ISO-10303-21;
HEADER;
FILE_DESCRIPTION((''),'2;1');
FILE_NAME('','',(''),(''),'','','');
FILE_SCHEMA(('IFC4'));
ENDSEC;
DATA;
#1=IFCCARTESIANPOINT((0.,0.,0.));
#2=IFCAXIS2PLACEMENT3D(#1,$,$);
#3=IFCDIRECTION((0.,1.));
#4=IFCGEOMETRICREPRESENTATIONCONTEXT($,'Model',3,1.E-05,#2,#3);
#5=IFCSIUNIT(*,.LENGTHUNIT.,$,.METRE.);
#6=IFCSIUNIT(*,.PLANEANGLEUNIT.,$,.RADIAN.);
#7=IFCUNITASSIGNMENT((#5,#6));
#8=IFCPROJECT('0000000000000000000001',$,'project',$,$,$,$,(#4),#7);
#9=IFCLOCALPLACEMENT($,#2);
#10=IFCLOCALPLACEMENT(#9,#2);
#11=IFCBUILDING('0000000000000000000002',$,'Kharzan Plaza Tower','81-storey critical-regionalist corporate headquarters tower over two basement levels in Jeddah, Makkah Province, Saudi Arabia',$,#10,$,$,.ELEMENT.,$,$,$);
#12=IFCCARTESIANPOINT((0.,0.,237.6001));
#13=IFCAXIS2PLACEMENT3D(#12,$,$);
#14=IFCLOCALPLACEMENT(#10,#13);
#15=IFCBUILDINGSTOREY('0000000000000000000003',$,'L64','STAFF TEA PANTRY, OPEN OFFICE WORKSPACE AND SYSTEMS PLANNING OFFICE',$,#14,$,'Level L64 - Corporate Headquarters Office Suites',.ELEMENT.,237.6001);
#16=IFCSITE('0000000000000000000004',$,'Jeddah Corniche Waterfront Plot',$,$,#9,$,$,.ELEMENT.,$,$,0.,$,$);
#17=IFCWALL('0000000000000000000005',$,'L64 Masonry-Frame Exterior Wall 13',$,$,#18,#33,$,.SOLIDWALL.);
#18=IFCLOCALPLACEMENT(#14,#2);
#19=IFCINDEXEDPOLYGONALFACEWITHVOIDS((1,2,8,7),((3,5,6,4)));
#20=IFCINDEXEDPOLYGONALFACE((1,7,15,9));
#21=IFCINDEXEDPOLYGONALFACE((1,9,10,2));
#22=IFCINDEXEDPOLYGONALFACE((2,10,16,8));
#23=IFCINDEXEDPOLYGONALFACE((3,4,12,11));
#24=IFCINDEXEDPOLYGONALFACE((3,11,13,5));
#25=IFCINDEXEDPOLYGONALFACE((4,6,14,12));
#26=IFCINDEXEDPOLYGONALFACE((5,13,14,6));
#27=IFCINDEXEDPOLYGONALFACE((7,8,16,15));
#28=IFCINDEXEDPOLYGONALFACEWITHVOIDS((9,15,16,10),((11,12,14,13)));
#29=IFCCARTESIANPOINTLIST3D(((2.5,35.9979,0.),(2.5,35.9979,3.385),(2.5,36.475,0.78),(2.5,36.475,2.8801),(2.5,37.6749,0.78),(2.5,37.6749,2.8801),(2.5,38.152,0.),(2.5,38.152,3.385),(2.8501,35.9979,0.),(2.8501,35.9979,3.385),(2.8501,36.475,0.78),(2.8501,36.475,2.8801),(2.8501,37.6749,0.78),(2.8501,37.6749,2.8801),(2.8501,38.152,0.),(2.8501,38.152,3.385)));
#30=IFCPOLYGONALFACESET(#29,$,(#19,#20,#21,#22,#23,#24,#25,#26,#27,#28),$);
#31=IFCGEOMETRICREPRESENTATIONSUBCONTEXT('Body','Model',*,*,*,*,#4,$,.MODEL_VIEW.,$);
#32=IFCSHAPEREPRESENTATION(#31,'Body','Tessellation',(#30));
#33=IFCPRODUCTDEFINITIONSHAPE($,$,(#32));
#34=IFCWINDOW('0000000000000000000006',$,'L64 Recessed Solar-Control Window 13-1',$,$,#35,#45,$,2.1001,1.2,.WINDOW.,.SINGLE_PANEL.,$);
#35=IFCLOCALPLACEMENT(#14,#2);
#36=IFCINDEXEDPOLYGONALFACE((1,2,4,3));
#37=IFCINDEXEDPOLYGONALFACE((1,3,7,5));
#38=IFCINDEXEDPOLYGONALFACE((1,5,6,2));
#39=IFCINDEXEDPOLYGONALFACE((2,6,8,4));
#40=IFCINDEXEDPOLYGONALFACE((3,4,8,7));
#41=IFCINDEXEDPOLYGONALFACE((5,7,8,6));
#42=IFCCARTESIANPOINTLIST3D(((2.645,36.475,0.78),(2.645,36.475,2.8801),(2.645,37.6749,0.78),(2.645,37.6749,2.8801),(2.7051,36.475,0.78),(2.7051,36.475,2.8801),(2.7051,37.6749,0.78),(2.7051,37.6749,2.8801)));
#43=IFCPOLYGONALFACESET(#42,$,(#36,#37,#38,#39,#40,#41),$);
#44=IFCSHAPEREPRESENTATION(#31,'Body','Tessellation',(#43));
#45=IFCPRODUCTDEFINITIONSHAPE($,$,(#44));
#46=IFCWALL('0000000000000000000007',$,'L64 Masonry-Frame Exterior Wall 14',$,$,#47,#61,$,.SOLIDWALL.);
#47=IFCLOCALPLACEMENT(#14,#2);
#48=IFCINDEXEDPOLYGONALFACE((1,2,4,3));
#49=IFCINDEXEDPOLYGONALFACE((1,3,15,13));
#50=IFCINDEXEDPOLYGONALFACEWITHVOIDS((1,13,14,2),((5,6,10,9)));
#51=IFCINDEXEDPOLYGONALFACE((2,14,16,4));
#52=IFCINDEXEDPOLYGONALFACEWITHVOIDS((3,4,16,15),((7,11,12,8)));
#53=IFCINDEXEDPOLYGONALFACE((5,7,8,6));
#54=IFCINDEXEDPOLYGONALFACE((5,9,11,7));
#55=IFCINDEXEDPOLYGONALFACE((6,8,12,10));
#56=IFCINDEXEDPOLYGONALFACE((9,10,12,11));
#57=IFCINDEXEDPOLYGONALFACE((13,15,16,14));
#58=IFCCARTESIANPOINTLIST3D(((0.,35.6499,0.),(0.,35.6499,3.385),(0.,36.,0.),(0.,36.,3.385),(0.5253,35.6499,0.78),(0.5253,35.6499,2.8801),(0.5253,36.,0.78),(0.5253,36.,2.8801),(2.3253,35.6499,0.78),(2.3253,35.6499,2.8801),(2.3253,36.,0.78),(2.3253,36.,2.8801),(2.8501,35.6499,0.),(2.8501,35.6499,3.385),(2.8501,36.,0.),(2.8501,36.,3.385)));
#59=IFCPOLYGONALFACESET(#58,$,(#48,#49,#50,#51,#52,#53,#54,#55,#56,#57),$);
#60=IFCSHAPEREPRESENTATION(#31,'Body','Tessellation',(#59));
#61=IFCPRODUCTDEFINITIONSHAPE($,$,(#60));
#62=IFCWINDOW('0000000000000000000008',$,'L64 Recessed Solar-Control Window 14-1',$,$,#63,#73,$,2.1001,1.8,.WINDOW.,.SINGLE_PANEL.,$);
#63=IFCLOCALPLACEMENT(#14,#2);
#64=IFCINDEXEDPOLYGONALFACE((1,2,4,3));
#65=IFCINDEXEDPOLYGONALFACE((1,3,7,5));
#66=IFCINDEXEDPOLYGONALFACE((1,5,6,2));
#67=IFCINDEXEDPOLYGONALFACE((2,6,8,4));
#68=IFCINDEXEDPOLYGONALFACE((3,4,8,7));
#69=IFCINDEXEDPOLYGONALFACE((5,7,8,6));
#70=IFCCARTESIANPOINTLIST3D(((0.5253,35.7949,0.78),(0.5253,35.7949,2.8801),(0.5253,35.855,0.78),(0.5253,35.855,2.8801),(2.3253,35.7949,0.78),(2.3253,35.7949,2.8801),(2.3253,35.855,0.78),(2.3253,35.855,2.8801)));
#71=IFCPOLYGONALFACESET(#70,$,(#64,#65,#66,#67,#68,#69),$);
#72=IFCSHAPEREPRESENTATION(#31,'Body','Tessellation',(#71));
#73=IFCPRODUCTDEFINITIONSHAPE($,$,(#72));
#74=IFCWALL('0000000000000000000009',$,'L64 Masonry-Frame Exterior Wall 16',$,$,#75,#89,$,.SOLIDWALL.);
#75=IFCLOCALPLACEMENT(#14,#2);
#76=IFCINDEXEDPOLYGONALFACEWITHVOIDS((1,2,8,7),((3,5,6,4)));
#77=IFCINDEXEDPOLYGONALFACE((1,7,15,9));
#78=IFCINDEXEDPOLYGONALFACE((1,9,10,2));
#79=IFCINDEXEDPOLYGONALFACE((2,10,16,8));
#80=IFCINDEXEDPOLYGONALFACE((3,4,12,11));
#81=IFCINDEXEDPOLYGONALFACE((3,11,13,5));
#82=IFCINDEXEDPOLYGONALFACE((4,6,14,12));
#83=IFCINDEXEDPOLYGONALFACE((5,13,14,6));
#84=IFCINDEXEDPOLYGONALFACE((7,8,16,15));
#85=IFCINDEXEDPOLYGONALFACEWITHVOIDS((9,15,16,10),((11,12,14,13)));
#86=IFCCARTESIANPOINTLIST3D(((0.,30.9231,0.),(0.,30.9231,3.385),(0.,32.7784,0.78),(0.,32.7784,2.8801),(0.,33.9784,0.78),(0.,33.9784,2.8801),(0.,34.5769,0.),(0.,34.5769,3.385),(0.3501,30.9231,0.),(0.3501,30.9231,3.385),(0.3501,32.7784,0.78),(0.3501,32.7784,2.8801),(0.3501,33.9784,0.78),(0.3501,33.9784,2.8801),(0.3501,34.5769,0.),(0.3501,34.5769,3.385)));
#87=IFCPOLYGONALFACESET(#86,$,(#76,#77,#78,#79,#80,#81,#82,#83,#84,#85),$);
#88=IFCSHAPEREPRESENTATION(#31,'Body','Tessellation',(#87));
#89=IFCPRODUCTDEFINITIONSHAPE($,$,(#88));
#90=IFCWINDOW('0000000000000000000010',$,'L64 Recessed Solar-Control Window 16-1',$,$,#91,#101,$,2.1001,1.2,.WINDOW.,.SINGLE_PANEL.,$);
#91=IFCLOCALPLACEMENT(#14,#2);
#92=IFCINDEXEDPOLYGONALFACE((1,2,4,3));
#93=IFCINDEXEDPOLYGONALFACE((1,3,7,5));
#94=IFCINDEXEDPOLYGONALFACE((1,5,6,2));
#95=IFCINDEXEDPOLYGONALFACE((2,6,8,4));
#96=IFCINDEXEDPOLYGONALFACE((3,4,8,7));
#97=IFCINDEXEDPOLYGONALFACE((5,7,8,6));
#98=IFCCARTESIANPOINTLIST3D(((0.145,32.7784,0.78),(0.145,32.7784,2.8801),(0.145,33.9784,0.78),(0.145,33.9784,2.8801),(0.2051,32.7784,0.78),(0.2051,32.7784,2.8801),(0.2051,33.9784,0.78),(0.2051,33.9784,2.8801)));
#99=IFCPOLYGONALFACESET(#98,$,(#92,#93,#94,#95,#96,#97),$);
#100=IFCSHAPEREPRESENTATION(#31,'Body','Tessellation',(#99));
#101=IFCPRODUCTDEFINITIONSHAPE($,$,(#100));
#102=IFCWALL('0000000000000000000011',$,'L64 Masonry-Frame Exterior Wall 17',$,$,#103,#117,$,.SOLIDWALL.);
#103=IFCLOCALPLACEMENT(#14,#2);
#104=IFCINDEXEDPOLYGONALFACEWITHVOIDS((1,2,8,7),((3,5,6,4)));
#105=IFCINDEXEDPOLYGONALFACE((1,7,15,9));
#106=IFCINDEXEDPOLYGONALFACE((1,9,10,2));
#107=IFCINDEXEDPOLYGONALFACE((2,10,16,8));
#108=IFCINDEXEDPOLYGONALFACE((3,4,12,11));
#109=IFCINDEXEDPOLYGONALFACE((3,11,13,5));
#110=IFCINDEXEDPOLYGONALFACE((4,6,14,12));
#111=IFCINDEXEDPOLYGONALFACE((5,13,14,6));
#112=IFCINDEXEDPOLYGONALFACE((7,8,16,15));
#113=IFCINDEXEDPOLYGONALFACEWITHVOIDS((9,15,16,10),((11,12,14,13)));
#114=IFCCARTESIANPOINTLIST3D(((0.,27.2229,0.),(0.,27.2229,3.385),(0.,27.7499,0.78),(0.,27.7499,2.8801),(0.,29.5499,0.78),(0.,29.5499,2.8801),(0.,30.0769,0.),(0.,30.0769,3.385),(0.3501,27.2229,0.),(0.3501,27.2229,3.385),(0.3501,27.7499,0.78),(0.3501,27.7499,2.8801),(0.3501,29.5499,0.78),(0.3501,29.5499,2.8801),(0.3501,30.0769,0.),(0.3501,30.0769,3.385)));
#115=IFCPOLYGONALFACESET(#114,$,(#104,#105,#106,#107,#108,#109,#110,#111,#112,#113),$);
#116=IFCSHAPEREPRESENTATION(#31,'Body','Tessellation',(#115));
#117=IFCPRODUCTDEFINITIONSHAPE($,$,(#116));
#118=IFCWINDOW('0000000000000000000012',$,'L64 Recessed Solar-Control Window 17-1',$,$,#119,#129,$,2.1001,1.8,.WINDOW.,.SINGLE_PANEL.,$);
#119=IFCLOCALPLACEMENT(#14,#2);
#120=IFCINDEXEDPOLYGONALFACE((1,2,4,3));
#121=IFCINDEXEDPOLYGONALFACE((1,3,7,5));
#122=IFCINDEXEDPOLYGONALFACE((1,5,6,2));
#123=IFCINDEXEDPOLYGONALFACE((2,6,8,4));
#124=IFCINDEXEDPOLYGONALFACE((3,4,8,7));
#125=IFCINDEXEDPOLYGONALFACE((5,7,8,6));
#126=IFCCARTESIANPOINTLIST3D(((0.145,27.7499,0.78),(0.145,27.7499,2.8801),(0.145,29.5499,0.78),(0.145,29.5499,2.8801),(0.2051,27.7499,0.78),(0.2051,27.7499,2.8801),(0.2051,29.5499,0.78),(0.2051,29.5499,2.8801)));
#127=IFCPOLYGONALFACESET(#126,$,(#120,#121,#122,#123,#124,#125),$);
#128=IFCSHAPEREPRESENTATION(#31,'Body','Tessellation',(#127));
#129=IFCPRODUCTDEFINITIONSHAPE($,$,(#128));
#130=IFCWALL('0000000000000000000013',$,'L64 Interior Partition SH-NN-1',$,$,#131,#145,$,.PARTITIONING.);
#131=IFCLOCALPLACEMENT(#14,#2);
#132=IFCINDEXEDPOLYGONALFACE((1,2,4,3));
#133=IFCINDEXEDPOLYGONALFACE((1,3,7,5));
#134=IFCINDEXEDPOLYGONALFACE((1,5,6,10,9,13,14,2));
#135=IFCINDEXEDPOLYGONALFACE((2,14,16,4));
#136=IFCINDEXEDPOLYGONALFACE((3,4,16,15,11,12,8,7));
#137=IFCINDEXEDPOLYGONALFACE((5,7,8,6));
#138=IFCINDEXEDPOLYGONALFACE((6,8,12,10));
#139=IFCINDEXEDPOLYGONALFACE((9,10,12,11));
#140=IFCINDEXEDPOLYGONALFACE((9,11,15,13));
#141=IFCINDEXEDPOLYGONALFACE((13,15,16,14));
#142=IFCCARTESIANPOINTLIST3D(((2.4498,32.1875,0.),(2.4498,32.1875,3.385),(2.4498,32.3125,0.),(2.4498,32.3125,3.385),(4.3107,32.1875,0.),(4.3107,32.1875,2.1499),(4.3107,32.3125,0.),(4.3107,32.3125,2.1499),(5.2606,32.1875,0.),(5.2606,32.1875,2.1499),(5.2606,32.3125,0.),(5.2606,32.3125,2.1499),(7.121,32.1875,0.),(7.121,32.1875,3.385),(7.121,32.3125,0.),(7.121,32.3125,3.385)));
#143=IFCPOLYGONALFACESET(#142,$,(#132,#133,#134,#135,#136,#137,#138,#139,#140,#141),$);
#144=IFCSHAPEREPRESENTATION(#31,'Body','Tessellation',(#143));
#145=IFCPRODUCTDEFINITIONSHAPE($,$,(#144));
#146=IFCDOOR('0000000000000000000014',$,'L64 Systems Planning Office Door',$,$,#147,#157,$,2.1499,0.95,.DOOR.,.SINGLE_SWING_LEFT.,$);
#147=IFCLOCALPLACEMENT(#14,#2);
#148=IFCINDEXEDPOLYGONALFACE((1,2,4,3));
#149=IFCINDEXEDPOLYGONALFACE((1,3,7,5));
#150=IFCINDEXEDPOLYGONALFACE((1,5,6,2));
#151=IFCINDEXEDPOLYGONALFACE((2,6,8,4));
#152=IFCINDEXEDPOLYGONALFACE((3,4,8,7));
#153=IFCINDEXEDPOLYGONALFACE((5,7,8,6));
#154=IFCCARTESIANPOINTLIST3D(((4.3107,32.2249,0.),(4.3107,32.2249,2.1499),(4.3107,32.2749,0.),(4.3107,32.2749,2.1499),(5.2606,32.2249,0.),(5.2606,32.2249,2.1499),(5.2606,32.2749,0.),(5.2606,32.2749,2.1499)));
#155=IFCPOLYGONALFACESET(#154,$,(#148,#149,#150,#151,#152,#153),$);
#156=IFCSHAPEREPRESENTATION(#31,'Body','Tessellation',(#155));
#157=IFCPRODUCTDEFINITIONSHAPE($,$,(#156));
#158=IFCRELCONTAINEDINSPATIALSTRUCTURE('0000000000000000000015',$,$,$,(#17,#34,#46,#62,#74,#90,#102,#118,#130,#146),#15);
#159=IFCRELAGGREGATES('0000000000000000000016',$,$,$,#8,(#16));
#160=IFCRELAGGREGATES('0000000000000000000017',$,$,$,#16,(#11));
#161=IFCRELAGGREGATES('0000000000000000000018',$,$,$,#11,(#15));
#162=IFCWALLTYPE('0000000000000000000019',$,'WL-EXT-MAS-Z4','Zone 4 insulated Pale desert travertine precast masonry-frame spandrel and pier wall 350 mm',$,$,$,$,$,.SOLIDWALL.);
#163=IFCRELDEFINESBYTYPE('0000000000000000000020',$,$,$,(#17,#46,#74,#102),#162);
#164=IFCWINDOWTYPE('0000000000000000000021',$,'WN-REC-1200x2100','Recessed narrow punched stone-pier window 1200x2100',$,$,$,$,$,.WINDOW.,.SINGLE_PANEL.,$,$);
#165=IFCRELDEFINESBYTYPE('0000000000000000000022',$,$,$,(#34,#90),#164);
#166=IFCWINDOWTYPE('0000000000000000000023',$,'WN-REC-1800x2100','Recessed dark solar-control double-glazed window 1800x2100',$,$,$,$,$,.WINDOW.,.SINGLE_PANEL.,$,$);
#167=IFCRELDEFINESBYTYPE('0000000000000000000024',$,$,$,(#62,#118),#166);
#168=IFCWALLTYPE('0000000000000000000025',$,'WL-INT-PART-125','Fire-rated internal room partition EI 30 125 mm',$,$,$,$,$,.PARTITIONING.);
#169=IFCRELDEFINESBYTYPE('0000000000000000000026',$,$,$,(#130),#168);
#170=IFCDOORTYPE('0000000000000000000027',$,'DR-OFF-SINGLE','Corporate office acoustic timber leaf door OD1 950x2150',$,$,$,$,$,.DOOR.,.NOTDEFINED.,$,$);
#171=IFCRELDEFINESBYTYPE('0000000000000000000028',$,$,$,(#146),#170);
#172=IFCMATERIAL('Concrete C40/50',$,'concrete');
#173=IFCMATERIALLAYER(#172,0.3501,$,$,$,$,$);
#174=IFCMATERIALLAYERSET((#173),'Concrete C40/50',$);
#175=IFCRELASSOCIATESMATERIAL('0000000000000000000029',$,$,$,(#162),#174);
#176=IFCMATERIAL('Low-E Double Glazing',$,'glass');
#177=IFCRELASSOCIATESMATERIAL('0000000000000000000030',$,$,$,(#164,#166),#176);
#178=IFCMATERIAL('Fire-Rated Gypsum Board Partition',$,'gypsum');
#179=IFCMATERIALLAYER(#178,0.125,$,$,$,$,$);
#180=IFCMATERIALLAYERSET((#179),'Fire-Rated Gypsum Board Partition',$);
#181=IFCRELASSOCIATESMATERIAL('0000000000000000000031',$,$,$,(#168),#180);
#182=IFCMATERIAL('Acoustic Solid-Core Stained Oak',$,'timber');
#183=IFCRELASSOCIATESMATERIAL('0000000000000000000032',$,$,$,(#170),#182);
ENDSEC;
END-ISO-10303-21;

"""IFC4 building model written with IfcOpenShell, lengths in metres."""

from ifc_helpers import new_model, si_unit, direction, frame, frame_2d, origin, place, context, subcontext, project, spatial, rectangle, extrude, source, transform, mapped, material, layer, layer_set, type_object, element, fill, save


model = new_model("IFC4")

# Units and contexts
model_context = context("Model", 3, precision=1e-05, world=origin(), true_north=direction((0.0, 1.0)))
body_context = subcontext(model_context, "Body", "Model", "MODEL_VIEW")
ifc_project = project(units=[si_unit("LENGTHUNIT", "METRE"), si_unit("PLANEANGLEUNIT", "RADIAN")], contexts=[model_context])

# Site, building, storey
site_placement = place(None, origin())
site = spatial("IfcSite", under=ifc_project, at=site_placement, Name="Jeddah Corniche Waterfront Plot", CompositionType="ELEMENT", RefElevation=0.0)
building_placement = place(site_placement, origin())
building = spatial("IfcBuilding", under=site, at=building_placement, Name="Kharzan Plaza Tower", Description="81-storey critical-regionalist corporate headquarters tower over two basement levels in Jeddah, Makkah Province, Saudi Arabia", CompositionType="ELEMENT")
storey_placement = place(building_placement, frame((0.0, 0.0, 237.6001)))
storey = spatial("IfcBuildingStorey", under=building, at=storey_placement, Name="L64", Description="STAFF TEA PANTRY, OPEN OFFICE WORKSPACE AND SYSTEMS PLANNING OFFICE", LongName="Level L64 - Corporate Headquarters Office Suites", CompositionType="ELEMENT", Elevation=237.6001)

# Walls, openings, windows
ifc_material_1 = material(Name="Concrete C40/50", Category="concrete")
ifc_layer_1 = layer(ifc_material_1, 0.3501)
ifc_layer_set_1 = layer_set([ifc_layer_1], Name="Concrete C40/50")
wall_type_1 = type_object("IfcWallType", Name="WL-EXT-MAS-Z4", Description="Zone 4 insulated Pale desert travertine precast masonry-frame spandrel and pier wall 350 mm", PredefinedType="SOLIDWALL", material=ifc_layer_set_1)
wall_1_placement = place(storey_placement, frame((2.675, 38.1521, 0.0), z_axis=(0.0, 0.0, 1.0), x_axis=(0.0, -1.0, 0.0)))
wall_1 = element("IfcWall", 1, at=wall_1_placement, inside=storey, type_object=wall_type_1, Name="L64 Masonry-Frame Exterior Wall 13", PredefinedType="SOLIDWALL", context=body_context, shape_type="SweptSolid", body=[
    extrude(rectangle(XDim=2.1541, YDim=0.3501, at=frame_2d((1.0771, 0.0))), origin(), (0.0, 0.0, 1.0), 3.385),
])
opening_1_placement = place(wall_1_placement, frame((0.4771, 0.0, 0.78)))
opening_1 = element("IfcOpeningElement", 2, at=opening_1_placement, cuts=wall_1, PredefinedType="OPENING", context=body_context, shape_type="SweptSolid", body=[
    extrude(rectangle(XDim=1.2, YDim=2.1001, at=frame_2d((0.6001, 1.05))), frame((0.0, 0.1851, 0.0), z_axis=(0.0, -1.0, 0.0), x_axis=(1.0, 0.0, 0.0)), (0.0, 0.0, 1.0), 0.3701),
])
ifc_material_2 = material(Name="Low-E Double Glazing", Category="glass")
window_type_1 = type_object("IfcWindowType", Name="WN-REC-1200x2100", Description="Recessed narrow punched stone-pier window 1200x2100", PartitioningType="SINGLE_PANEL", PredefinedType="WINDOW", material=ifc_material_2)
shared_shape_1 = source(origin(), body_context, "Body", "SweptSolid", [
    extrude(rectangle(XDim=1.2, YDim=2.1001, at=frame_2d((0.6001, 1.05))), frame((0.0, 0.03, 0.0), z_axis=(0.0, -1.0, 0.0), x_axis=(1.0, 0.0, 0.0)), (0.0, 0.0, 1.0), 0.0601),
])
window_1_placement = place(opening_1_placement, origin())
window_1 = element("IfcWindow", 3, at=window_1_placement, inside=storey, type_object=window_type_1, Name="L64 Recessed Solar-Control Window 13-1", OverallHeight=2.1001, OverallWidth=1.2, PartitioningType="SINGLE_PANEL", PredefinedType="WINDOW", context=body_context, shape_type="MappedRepresentation", body=[
    mapped(shared_shape_1, transform((0.0, 0.0, 0.0), x_axis=(1.0, 0.0, 0.0), y_axis=(0.0, 1.0, 0.0), z_axis=(0.0, 0.0, 1.0))),
])
fill(opening_1, window_1)
wall_2_placement = place(storey_placement, frame((2.8501, 35.825, 0.0), z_axis=(0.0, 0.0, 1.0), x_axis=(-1.0, 0.0, 0.0)))
wall_2 = element("IfcWall", 4, at=wall_2_placement, inside=storey, type_object=wall_type_1, Name="L64 Masonry-Frame Exterior Wall 14", PredefinedType="SOLIDWALL", context=body_context, shape_type="SweptSolid", body=[
    extrude(rectangle(XDim=2.8501, YDim=0.3501, at=frame_2d((1.425, 0.0))), origin(), (0.0, 0.0, 1.0), 3.385),
])
opening_2_placement = place(wall_2_placement, frame((0.5249, 0.0, 0.78)))
opening_2 = element("IfcOpeningElement", 5, at=opening_2_placement, cuts=wall_2, PredefinedType="OPENING", context=body_context, shape_type="SweptSolid", body=[
    extrude(rectangle(XDim=1.8, YDim=2.1001, at=frame_2d((0.8999, 1.05))), frame((0.0, 0.1851, 0.0), z_axis=(0.0, -1.0, 0.0), x_axis=(1.0, 0.0, 0.0)), (0.0, 0.0, 1.0), 0.3701),
])
window_type_2 = type_object("IfcWindowType", Name="WN-REC-1800x2100", Description="Recessed dark solar-control double-glazed window 1800x2100", PartitioningType="SINGLE_PANEL", PredefinedType="WINDOW", material=ifc_material_2)
shared_shape_2 = source(origin(), body_context, "Body", "SweptSolid", [
    extrude(rectangle(XDim=1.8, YDim=2.1001, at=frame_2d((0.8999, 1.05))), frame((0.0, 0.03, 0.0), z_axis=(0.0, -1.0, 0.0), x_axis=(1.0, 0.0, 0.0)), (0.0, 0.0, 1.0), 0.0601),
])
window_2_placement = place(opening_2_placement, origin())
window_2 = element("IfcWindow", 6, at=window_2_placement, inside=storey, type_object=window_type_2, Name="L64 Recessed Solar-Control Window 14-1", OverallHeight=2.1001, OverallWidth=1.8, PartitioningType="SINGLE_PANEL", PredefinedType="WINDOW", context=body_context, shape_type="MappedRepresentation", body=[
    mapped(shared_shape_2, transform((0.0, 0.0, 0.0), x_axis=(1.0, 0.0, 0.0), y_axis=(0.0, 1.0, 0.0), z_axis=(0.0, 0.0, 1.0))),
])
fill(opening_2, window_2)
wall_3_placement = place(storey_placement, frame((0.175, 34.5769, 0.0), z_axis=(0.0, 0.0, 1.0), x_axis=(0.0, -1.0, 0.0)))
wall_3 = element("IfcWall", 7, at=wall_3_placement, inside=storey, type_object=wall_type_1, Name="L64 Masonry-Frame Exterior Wall 16", PredefinedType="SOLIDWALL", context=body_context, shape_type="SweptSolid", body=[
    extrude(rectangle(XDim=3.6538, YDim=0.3501, at=frame_2d((1.8269, 0.0))), origin(), (0.0, 0.0, 1.0), 3.385),
])
opening_3_placement = place(wall_3_placement, frame((0.5984, 0.0, 0.78)))
opening_3 = element("IfcOpeningElement", 8, at=opening_3_placement, cuts=wall_3, PredefinedType="OPENING", context=body_context, shape_type="SweptSolid", body=[
    extrude(rectangle(XDim=1.2, YDim=2.1001, at=frame_2d((0.6001, 1.05))), frame((0.0, 0.1851, 0.0), z_axis=(0.0, -1.0, 0.0), x_axis=(1.0, 0.0, 0.0)), (0.0, 0.0, 1.0), 0.3701),
])
window_3_placement = place(opening_3_placement, origin())
window_3 = element("IfcWindow", 9, at=window_3_placement, inside=storey, type_object=window_type_1, Name="L64 Recessed Solar-Control Window 16-1", OverallHeight=2.1001, OverallWidth=1.2, PartitioningType="SINGLE_PANEL", PredefinedType="WINDOW", context=body_context, shape_type="MappedRepresentation", body=[
    mapped(shared_shape_1, transform((0.0, 0.0, 0.0), x_axis=(1.0, 0.0, 0.0), y_axis=(0.0, 1.0, 0.0), z_axis=(0.0, 0.0, 1.0))),
])
fill(opening_3, window_3)
wall_4_placement = place(storey_placement, frame((0.175, 30.0769, 0.0), z_axis=(0.0, 0.0, 1.0), x_axis=(0.0, -1.0, 0.0)))
wall_4 = element("IfcWall", 10, at=wall_4_placement, inside=storey, type_object=wall_type_1, Name="L64 Masonry-Frame Exterior Wall 17", PredefinedType="SOLIDWALL", context=body_context, shape_type="SweptSolid", body=[
    extrude(rectangle(XDim=2.854, YDim=0.3501, at=frame_2d((1.427, 0.0))), origin(), (0.0, 0.0, 1.0), 3.385),
])
opening_4_placement = place(wall_4_placement, frame((0.5271, 0.0, 0.78)))
opening_4 = element("IfcOpeningElement", 11, at=opening_4_placement, cuts=wall_4, PredefinedType="OPENING", context=body_context, shape_type="SweptSolid", body=[
    extrude(rectangle(XDim=1.8, YDim=2.1001, at=frame_2d((0.8999, 1.05))), frame((0.0, 0.1851, 0.0), z_axis=(0.0, -1.0, 0.0), x_axis=(1.0, 0.0, 0.0)), (0.0, 0.0, 1.0), 0.3701),
])
window_4_placement = place(opening_4_placement, origin())
window_4 = element("IfcWindow", 12, at=window_4_placement, inside=storey, type_object=window_type_2, Name="L64 Recessed Solar-Control Window 17-1", OverallHeight=2.1001, OverallWidth=1.8, PartitioningType="SINGLE_PANEL", PredefinedType="WINDOW", context=body_context, shape_type="MappedRepresentation", body=[
    mapped(shared_shape_2, transform((0.0, 0.0, 0.0), x_axis=(1.0, 0.0, 0.0), y_axis=(0.0, 1.0, 0.0), z_axis=(0.0, 0.0, 1.0))),
])
fill(opening_4, window_4)

# Wall, opening, door
ifc_material_3 = material(Name="Fire-Rated Gypsum Board Partition", Category="gypsum")
ifc_layer_2 = layer(ifc_material_3, 0.125)
ifc_layer_set_2 = layer_set([ifc_layer_2], Name="Fire-Rated Gypsum Board Partition")
wall_type_2 = type_object("IfcWallType", Name="WL-INT-PART-125", Description="Fire-rated internal room partition EI 30 125 mm", PredefinedType="PARTITIONING", material=ifc_layer_set_2)
wall_5_placement = place(storey_placement, frame((2.45, 32.25, 0.0), z_axis=(0.0, 0.0, 1.0), x_axis=(1.0, 0.0, 0.0)))
wall_5 = element("IfcWall", 13, at=wall_5_placement, inside=storey, type_object=wall_type_2, Name="L64 Interior Partition SH-NN-1", PredefinedType="PARTITIONING", context=body_context, shape_type="SweptSolid", body=[
    extrude(rectangle(XDim=4.6711, YDim=0.125, at=frame_2d((2.3354, 0.0))), origin(), (0.0, 0.0, 1.0), 3.385),
])
opening_5_placement = place(wall_5_placement, frame((1.8606, 0.0, 0.0)))
opening_5 = element("IfcOpeningElement", 14, at=opening_5_placement, cuts=wall_5, PredefinedType="OPENING", context=body_context, shape_type="SweptSolid", body=[
    extrude(rectangle(XDim=0.95, YDim=2.1499, at=frame_2d((0.4751, 1.075))), frame((0.0, 0.0725, 0.0), z_axis=(0.0, -1.0, 0.0), x_axis=(1.0, 0.0, 0.0)), (0.0, 0.0, 1.0), 0.145),
])
ifc_material_4 = material(Name="Acoustic Solid-Core Stained Oak", Category="timber")
door_type = type_object("IfcDoorType", Name="DR-OFF-SINGLE", Description="Corporate office acoustic timber leaf door OD1 950x2150", OperationType="NOTDEFINED", PredefinedType="DOOR", material=ifc_material_4)
shared_shape_3 = source(origin(), body_context, "Body", "SweptSolid", [
    extrude(rectangle(XDim=0.95, YDim=2.1499, at=frame_2d((0.4751, 1.075))), frame((0.0, 0.0249, 0.0), z_axis=(0.0, -1.0, 0.0), x_axis=(1.0, 0.0, 0.0)), (0.0, 0.0, 1.0), 0.05),
])
door_placement = place(opening_5_placement, origin())
door = element("IfcDoor", 15, at=door_placement, inside=storey, type_object=door_type, Name="L64 Systems Planning Office Door", OperationType="SINGLE_SWING_LEFT", OverallHeight=2.1499, OverallWidth=0.95, PredefinedType="DOOR", context=body_context, shape_type="MappedRepresentation", body=[
    mapped(shared_shape_3, transform((0.0, 0.0, 0.0), x_axis=(1.0, 0.0, 0.0), y_axis=(0.0, 1.0, 0.0), z_axis=(0.0, 0.0, 1.0))),
])
fill(opening_5, door)

save(model, "model.ifc")
